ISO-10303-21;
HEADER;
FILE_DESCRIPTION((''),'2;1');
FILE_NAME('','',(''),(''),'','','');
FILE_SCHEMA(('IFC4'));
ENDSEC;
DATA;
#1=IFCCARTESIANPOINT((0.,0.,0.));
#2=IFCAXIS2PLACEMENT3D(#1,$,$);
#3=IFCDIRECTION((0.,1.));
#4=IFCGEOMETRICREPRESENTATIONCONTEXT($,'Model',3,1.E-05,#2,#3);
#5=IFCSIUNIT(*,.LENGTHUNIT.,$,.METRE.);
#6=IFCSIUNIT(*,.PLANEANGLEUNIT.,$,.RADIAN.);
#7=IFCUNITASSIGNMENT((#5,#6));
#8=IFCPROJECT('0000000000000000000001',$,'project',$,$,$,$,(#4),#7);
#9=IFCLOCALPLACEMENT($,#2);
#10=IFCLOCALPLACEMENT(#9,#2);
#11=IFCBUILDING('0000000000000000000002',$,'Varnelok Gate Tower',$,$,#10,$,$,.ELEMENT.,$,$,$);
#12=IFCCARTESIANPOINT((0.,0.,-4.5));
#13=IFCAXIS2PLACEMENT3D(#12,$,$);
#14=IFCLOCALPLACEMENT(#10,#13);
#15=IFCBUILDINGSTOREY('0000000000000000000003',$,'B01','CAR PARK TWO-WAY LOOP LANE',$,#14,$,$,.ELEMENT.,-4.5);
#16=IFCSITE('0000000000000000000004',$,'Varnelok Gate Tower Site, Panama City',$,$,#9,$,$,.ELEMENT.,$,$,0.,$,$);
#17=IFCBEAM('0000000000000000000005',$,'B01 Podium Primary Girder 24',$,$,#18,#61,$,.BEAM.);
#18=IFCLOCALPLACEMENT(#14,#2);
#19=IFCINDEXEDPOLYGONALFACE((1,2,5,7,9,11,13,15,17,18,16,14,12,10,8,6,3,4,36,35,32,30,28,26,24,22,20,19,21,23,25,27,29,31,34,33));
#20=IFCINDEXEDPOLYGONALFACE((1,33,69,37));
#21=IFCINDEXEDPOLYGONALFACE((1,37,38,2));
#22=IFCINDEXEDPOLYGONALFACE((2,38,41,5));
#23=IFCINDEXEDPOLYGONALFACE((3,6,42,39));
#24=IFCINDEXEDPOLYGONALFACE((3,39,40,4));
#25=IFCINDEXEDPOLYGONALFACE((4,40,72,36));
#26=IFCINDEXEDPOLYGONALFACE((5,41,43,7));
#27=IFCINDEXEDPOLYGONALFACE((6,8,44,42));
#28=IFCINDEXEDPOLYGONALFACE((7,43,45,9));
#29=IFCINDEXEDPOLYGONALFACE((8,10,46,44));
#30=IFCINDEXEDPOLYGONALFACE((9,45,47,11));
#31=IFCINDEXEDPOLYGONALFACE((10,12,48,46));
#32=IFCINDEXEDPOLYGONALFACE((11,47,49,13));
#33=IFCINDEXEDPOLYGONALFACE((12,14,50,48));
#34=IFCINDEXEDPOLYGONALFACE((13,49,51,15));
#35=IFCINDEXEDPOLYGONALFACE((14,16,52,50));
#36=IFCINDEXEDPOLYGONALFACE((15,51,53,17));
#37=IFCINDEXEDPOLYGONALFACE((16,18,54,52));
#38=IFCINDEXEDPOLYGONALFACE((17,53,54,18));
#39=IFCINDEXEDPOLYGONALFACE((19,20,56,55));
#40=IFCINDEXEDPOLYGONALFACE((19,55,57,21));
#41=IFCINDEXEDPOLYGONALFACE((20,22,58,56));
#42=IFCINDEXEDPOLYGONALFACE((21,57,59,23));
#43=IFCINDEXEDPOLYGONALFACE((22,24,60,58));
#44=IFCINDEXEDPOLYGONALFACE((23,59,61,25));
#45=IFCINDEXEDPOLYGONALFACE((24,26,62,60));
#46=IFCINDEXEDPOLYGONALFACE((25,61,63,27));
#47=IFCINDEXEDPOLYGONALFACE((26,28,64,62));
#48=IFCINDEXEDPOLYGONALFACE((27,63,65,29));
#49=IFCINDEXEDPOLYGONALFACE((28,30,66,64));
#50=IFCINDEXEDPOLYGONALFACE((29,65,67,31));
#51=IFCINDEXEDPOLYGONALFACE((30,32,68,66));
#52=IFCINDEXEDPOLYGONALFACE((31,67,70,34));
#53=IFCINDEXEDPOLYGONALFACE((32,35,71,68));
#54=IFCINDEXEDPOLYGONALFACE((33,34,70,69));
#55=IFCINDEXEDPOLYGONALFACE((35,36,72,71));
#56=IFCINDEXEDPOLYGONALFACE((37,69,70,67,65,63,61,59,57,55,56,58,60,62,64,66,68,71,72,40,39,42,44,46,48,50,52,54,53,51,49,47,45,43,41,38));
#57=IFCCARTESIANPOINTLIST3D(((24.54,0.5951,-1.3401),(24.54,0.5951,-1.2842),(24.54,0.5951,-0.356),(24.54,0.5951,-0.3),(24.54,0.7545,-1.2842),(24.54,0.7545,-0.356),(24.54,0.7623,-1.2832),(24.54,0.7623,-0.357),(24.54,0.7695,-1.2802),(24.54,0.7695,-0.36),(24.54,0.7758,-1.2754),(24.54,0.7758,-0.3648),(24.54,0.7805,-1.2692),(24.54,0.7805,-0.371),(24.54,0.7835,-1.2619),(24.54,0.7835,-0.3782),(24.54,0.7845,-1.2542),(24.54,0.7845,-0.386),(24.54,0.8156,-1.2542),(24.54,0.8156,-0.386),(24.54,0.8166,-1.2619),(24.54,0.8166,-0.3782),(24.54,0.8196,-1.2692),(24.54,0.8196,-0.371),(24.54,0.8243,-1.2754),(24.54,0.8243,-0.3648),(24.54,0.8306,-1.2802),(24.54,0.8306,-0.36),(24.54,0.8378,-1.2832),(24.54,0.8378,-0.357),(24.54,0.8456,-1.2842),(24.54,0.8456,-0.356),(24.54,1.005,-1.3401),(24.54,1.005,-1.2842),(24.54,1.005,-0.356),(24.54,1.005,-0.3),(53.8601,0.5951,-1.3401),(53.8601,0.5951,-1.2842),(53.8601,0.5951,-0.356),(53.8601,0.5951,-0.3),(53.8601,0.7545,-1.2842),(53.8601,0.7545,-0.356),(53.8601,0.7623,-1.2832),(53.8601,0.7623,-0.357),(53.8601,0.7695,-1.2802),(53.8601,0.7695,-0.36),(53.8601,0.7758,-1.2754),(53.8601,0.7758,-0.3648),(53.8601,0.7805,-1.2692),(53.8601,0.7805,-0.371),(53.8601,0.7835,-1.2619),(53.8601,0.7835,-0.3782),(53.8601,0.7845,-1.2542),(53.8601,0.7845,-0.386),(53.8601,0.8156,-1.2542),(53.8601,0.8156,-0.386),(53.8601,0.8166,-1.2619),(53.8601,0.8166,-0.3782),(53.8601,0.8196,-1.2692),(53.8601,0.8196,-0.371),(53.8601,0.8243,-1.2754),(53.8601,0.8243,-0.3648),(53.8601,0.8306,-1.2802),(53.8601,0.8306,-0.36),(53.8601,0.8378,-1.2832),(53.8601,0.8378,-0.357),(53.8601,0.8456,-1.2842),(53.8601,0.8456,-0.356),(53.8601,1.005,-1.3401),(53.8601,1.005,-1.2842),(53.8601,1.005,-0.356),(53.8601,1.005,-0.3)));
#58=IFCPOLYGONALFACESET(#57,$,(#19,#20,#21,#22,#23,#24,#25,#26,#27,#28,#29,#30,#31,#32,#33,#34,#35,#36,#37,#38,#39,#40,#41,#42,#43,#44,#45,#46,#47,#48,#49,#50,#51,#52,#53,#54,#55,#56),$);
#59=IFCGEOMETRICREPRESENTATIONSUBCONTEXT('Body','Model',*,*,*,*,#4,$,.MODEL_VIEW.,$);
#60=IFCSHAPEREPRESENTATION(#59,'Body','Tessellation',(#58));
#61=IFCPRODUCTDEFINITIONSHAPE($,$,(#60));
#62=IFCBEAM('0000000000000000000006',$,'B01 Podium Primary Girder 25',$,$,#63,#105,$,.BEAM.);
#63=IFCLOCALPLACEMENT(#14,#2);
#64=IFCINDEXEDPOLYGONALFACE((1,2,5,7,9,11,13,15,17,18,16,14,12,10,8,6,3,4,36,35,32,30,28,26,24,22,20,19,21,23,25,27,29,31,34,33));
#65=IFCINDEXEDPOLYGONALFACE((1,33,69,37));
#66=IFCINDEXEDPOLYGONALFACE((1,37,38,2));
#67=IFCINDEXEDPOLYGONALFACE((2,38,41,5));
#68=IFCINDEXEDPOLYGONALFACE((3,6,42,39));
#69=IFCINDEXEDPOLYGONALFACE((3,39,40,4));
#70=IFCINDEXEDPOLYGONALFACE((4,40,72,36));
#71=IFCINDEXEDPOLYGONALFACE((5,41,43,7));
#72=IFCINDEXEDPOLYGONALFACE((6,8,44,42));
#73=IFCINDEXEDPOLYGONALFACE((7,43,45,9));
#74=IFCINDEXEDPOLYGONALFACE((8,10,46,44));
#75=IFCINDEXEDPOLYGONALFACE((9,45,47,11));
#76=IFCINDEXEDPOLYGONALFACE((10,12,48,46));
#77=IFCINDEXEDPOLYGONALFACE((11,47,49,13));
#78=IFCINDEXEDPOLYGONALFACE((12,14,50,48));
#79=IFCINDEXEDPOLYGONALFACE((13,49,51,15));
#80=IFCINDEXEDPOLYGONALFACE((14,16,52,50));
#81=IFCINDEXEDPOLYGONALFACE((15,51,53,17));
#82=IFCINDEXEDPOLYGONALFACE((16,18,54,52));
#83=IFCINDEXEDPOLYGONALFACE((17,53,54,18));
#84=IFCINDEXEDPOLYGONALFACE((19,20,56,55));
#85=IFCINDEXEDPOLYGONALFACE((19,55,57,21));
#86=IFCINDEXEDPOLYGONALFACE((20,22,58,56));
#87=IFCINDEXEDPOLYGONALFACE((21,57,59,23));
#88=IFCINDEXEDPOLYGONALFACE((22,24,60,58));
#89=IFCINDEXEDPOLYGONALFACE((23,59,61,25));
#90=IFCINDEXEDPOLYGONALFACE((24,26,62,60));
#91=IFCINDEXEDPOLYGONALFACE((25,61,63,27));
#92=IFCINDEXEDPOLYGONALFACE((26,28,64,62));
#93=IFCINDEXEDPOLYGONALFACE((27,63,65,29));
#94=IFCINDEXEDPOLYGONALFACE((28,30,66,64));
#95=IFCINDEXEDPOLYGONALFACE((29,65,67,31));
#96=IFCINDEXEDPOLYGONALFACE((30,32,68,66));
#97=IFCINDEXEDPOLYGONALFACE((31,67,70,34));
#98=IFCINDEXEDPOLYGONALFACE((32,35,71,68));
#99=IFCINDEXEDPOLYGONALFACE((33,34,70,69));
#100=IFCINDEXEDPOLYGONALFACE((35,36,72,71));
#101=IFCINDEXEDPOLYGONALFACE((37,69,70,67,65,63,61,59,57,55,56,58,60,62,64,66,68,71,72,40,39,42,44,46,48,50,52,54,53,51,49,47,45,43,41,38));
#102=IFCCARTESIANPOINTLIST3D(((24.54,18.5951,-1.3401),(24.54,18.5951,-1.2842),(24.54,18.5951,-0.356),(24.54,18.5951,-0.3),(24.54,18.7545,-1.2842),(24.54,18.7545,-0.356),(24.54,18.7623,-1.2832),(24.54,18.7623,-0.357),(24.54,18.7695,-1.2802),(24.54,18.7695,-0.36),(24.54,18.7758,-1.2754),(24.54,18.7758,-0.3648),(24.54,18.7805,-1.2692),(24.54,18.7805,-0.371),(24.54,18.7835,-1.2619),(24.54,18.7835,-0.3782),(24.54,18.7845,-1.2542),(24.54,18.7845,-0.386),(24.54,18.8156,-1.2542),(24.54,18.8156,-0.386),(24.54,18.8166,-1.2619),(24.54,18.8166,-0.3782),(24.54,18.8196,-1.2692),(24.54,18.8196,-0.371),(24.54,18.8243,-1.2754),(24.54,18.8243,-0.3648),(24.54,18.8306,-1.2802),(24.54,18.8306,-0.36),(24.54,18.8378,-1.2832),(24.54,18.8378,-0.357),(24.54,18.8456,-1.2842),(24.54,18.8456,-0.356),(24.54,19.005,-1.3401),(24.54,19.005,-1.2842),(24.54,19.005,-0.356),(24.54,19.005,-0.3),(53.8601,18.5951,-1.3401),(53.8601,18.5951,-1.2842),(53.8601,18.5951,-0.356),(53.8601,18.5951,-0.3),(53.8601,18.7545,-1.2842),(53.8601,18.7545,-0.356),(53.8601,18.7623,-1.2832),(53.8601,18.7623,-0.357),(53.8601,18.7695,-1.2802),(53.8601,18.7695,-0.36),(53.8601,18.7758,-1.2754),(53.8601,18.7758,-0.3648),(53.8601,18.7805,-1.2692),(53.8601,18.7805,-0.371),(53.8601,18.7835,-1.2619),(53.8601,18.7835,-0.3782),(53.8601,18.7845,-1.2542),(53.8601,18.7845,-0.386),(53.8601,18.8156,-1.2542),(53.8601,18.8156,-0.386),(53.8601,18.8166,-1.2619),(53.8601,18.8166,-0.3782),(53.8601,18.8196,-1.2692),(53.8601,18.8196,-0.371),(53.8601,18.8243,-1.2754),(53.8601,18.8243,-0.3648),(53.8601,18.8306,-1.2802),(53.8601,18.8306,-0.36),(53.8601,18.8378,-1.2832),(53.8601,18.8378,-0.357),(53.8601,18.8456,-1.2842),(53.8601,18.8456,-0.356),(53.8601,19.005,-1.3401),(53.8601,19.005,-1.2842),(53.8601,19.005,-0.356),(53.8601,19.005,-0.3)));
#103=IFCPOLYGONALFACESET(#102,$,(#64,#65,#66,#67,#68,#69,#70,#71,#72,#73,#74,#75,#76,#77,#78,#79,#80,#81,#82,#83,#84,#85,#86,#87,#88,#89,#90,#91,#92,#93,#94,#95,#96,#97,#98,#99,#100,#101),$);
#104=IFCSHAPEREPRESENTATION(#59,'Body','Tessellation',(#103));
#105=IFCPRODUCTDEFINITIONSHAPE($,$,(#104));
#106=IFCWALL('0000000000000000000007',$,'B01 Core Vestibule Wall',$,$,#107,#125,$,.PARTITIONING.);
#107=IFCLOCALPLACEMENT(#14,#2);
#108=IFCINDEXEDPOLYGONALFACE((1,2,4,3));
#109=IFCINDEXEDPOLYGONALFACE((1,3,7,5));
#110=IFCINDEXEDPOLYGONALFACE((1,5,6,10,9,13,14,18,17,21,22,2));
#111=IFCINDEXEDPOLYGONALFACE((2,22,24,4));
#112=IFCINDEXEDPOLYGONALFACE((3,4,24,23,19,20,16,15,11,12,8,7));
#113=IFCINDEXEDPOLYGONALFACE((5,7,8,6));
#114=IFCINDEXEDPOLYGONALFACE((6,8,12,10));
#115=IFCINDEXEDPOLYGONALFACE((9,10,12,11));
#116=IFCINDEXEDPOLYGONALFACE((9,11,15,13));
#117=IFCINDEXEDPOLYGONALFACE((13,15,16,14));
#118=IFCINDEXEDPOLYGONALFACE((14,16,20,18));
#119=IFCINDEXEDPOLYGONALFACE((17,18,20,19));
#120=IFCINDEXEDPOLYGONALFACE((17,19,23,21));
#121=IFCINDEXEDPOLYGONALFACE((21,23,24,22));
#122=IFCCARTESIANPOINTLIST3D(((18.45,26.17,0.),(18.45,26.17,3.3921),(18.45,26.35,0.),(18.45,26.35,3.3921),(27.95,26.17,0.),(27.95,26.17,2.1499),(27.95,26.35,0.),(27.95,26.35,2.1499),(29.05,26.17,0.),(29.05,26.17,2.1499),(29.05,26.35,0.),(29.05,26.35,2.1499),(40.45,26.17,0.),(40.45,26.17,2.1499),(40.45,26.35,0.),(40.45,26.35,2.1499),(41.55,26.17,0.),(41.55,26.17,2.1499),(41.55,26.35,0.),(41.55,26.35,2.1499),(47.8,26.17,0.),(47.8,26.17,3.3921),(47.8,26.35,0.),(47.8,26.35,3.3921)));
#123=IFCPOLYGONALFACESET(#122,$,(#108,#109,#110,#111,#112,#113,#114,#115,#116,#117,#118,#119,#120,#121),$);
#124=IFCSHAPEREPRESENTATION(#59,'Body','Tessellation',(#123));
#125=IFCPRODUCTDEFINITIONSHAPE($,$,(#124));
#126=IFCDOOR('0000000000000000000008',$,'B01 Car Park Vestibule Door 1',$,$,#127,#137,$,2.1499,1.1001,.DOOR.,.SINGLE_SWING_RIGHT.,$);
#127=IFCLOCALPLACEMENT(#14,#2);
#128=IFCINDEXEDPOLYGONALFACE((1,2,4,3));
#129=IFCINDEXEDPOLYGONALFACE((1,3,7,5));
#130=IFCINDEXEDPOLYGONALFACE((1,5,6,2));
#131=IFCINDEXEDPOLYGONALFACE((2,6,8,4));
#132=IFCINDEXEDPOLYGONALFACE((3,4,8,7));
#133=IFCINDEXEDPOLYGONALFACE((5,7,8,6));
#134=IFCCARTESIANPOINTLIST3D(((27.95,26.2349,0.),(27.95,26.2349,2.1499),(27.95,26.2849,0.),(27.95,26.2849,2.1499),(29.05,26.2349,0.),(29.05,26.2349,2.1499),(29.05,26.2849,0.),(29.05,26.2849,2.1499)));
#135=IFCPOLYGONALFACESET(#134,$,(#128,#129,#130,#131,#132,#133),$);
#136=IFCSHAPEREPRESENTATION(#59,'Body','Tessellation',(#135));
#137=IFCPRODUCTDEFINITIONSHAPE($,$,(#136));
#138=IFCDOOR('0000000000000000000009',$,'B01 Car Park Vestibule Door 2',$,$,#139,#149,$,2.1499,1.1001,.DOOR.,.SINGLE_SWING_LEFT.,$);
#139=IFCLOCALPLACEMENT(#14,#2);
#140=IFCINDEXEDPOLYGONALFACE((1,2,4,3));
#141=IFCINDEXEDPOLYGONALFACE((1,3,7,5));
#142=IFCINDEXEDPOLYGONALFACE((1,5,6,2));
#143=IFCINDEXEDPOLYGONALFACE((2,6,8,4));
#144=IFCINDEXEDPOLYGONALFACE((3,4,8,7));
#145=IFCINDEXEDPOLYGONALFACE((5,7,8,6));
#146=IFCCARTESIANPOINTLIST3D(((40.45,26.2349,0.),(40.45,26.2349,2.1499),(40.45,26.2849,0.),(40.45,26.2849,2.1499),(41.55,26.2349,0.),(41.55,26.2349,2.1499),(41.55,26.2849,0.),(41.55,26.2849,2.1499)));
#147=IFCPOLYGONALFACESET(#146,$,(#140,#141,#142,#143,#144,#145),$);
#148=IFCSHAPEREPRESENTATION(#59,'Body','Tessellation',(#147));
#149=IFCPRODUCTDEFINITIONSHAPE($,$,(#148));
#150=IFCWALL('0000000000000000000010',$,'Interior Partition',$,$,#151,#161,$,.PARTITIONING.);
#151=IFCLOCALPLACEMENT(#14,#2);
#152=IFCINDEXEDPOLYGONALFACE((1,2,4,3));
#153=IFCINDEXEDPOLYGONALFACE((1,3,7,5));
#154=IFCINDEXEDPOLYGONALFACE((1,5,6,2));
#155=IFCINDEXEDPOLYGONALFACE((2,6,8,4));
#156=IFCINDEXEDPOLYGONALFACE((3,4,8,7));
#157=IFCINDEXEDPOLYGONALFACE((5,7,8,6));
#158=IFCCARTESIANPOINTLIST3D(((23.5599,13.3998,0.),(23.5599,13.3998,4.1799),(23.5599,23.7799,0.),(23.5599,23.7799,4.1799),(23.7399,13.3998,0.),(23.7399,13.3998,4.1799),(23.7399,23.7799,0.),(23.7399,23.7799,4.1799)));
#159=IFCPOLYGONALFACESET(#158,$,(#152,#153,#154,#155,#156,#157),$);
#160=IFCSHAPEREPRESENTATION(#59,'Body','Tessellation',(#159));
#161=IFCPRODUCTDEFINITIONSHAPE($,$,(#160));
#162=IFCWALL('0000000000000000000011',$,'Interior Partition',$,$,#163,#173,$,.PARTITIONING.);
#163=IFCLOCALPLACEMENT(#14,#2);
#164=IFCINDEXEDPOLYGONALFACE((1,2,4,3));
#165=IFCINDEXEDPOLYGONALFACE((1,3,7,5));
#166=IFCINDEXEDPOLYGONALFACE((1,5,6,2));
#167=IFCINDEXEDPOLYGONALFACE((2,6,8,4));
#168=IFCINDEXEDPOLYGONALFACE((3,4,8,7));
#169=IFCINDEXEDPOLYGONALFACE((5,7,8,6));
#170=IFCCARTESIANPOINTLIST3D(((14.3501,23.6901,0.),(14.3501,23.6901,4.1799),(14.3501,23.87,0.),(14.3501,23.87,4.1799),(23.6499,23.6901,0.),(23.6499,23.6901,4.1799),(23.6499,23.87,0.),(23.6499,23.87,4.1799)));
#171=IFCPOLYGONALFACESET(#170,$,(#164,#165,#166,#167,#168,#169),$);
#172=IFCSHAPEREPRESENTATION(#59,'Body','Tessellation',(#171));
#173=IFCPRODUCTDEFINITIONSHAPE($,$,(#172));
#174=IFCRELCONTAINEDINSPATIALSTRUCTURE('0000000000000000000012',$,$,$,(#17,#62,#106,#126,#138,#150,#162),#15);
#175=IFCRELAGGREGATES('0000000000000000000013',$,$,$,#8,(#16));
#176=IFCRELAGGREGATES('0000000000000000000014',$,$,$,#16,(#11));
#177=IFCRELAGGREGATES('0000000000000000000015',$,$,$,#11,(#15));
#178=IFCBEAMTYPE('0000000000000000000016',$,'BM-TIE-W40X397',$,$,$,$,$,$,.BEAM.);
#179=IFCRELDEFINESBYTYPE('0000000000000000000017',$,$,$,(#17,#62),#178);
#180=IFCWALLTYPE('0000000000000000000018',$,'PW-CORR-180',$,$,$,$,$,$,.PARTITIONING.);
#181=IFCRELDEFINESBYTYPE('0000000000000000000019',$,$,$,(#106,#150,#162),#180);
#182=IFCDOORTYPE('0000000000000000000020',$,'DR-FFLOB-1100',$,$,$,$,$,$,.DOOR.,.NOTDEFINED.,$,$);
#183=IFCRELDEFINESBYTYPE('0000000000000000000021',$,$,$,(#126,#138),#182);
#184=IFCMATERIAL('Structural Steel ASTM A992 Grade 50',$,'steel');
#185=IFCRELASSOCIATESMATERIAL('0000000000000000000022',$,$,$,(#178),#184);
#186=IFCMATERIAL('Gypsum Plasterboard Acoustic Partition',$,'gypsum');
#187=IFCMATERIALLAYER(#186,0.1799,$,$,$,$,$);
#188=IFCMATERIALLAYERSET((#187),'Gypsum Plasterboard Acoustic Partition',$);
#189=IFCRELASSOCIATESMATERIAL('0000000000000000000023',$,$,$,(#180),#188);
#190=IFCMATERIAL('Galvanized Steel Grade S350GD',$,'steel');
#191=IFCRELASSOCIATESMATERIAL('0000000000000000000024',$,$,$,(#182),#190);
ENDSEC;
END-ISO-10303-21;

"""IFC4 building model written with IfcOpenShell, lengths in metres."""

from ifc_helpers import new_model, si_unit, direction, frame, frame_2d, origin, origin_2d, place, context, subcontext, project, spatial, rectangle, i_section, extrude, material, layer, layer_set, material_profile, profile_set, type_object, element, fill, save


model = new_model("IFC4")

# Units and contexts
model_context = context("Model", 3, precision=1e-05, world=origin(), true_north=direction((0.0, 1.0)))
body_context = subcontext(model_context, "Body", "Model", "MODEL_VIEW")
ifc_project = project(units=[si_unit("LENGTHUNIT", "METRE"), si_unit("PLANEANGLEUNIT", "RADIAN")], contexts=[model_context])

# Site, building, storey
site_placement = place(None, origin())
site = spatial("IfcSite", under=ifc_project, at=site_placement, Name="Varnelok Gate Tower Site, Panama City", CompositionType="ELEMENT", RefElevation=0.0)
building_placement = place(site_placement, origin())
building = spatial("IfcBuilding", under=site, at=building_placement, Name="Varnelok Gate Tower", CompositionType="ELEMENT")
storey_placement = place(building_placement, frame((0.0, 0.0, -4.5)))
storey = spatial("IfcBuildingStorey", under=building, at=storey_placement, Name="B01", Description="CAR PARK TWO-WAY LOOP LANE", CompositionType="ELEMENT", Elevation=-4.5)

# Shared definitions
ifc_material_1 = material(Name="Structural Steel ASTM A992 Grade 50", Category="steel")

# Beams
ifc_material_profile_1 = material_profile(ifc_material_1, i_section(OverallWidth=0.4099, OverallDepth=1.04, WebThickness=0.031, FlangeThickness=0.0559, FilletRadius=0.03, at=origin_2d()), Name="W40X397")
ifc_profile_set_1 = profile_set([ifc_material_profile_1], Name="Structural Steel ASTM A992 Grade 50")
beam_type_1 = type_object("IfcBeamType", Name="BM-TIE-W40X397", PredefinedType="BEAM", material=ifc_profile_set_1)
for number, where, z_axis, x_axis, name in (
    (1, (24.54, 0.8, -0.8201), (1.0, 0.0, 0.0), (0.0, 1.0, 0.0), "B01 Podium Primary Girder 24"),
    (2, (24.54, 18.8, -0.8201), (1.0, 0.0, 0.0), (0.0, 1.0, 0.0), "B01 Podium Primary Girder 25"),
):
    element("IfcBeam", number, at=place(storey_placement, frame(where, z_axis=z_axis, x_axis=x_axis)), inside=storey, type_object=beam_type_1, Name=name, PredefinedType="BEAM", context=body_context, shape_type="SweptSolid", body=[
        extrude(i_section(OverallWidth=0.4099, OverallDepth=1.04, WebThickness=0.031, FlangeThickness=0.0559, FilletRadius=0.03, at=origin_2d()), origin(), (0.0, 0.0, 1.0), 29.3201),
    ])

# Wall, openings, doors
ifc_material_2 = material(Name="Gypsum Plasterboard Acoustic Partition", Category="gypsum")
ifc_layer_1 = layer(ifc_material_2, 0.1799)
ifc_layer_set_1 = layer_set([ifc_layer_1], Name="Gypsum Plasterboard Acoustic Partition")
wall_type_1 = type_object("IfcWallType", Name="PW-CORR-180", PredefinedType="PARTITIONING", material=ifc_layer_set_1)
wall_1_placement = place(storey_placement, frame((18.45, 26.26, 0.0), z_axis=(0.0, 0.0, 1.0), x_axis=(1.0, 0.0, 0.0)))
wall_1 = element("IfcWall", 3, at=wall_1_placement, inside=storey, type_object=wall_type_1, Name="B01 Core Vestibule Wall", PredefinedType="PARTITIONING", context=body_context, shape_type="SweptSolid", body=[
    extrude(rectangle(XDim=29.3501, YDim=0.1799, at=frame_2d((14.675, 0.0))), origin(), (0.0, 0.0, 1.0), 3.3921),
])
opening_1_placement = place(wall_1_placement, frame((9.5, 0.0, 0.0)))
opening_1 = element("IfcOpeningElement", 4, at=opening_1_placement, cuts=wall_1, PredefinedType="OPENING", context=body_context, shape_type="SweptSolid", body=[
    extrude(rectangle(XDim=1.1001, YDim=2.1499, at=frame_2d((0.55, 1.075))), frame((0.0, 0.0999, 0.0), z_axis=(0.0, -1.0, 0.0), x_axis=(1.0, 0.0, 0.0)), (0.0, 0.0, 1.0), 0.2),
])
opening_2_placement = place(wall_1_placement, frame((22.0, 0.0, 0.0)))
opening_2 = element("IfcOpeningElement", 5, at=opening_2_placement, cuts=wall_1, PredefinedType="OPENING", context=body_context, shape_type="SweptSolid", body=[
    extrude(rectangle(XDim=1.1001, YDim=2.1499, at=frame_2d((0.55, 1.075))), frame((0.0, 0.0999, 0.0), z_axis=(0.0, -1.0, 0.0), x_axis=(1.0, 0.0, 0.0)), (0.0, 0.0, 1.0), 0.2),
])
ifc_material_3 = material(Name="Galvanized Steel Grade S350GD", Category="steel")
door_type_1 = type_object("IfcDoorType", Name="DR-FFLOB-1100", OperationType="NOTDEFINED", PredefinedType="DOOR", material=ifc_material_3)
door_1_placement = place(opening_1_placement, origin())
door_1 = element("IfcDoor", 6, at=door_1_placement, inside=storey, type_object=door_type_1, Name="B01 Car Park Vestibule Door 1", OperationType="SINGLE_SWING_RIGHT", OverallHeight=2.1499, OverallWidth=1.1001, PredefinedType="DOOR", context=body_context, shape_type="SweptSolid", body=[
    extrude(rectangle(XDim=1.1001, YDim=2.1499, at=frame_2d((0.55, 1.075))), frame((0.0, 0.0249, 0.0), z_axis=(0.0, -1.0, 0.0), x_axis=(1.0, 0.0, 0.0)), (0.0, 0.0, 1.0), 0.05),
])
fill(opening_1, door_1)
door_2_placement = place(opening_2_placement, origin())
door_2 = element("IfcDoor", 7, at=door_2_placement, inside=storey, type_object=door_type_1, Name="B01 Car Park Vestibule Door 2", OperationType="SINGLE_SWING_LEFT", OverallHeight=2.1499, OverallWidth=1.1001, PredefinedType="DOOR", context=body_context, shape_type="SweptSolid", body=[
    extrude(rectangle(XDim=1.1001, YDim=2.1499, at=frame_2d((0.55, 1.075))), frame((0.0, 0.0249, 0.0), z_axis=(0.0, -1.0, 0.0), x_axis=(1.0, 0.0, 0.0)), (0.0, 0.0, 1.0), 0.05),
])
fill(opening_2, door_2)

# Walls
wall_2_placement = place(storey_placement, frame((23.6499, 13.3999, 0.0), z_axis=(0.0, 0.0, 1.0), x_axis=(0.0, 1.0, 0.0)))
element("IfcWall", 8, at=wall_2_placement, inside=storey, type_object=wall_type_1, Name="Interior Partition", PredefinedType="PARTITIONING", context=body_context, shape_type="SweptSolid", body=[
    extrude(rectangle(XDim=10.3801, YDim=0.1799, at=frame_2d((5.1899, 0.0))), origin(), (0.0, 0.0, 1.0), 4.1799),
])
wall_3_placement = place(storey_placement, frame((14.3501, 23.78, 0.0), z_axis=(0.0, 0.0, 1.0), x_axis=(1.0, 0.0, 0.0)))
element("IfcWall", 9, at=wall_3_placement, inside=storey, type_object=wall_type_1, Name="Interior Partition", PredefinedType="PARTITIONING", context=body_context, shape_type="SweptSolid", body=[
    extrude(rectangle(XDim=9.2998, YDim=0.1799, at=frame_2d((4.6499, 0.0))), origin(), (0.0, 0.0, 1.0), 4.1799),
])

save(model, "model.ifc")
